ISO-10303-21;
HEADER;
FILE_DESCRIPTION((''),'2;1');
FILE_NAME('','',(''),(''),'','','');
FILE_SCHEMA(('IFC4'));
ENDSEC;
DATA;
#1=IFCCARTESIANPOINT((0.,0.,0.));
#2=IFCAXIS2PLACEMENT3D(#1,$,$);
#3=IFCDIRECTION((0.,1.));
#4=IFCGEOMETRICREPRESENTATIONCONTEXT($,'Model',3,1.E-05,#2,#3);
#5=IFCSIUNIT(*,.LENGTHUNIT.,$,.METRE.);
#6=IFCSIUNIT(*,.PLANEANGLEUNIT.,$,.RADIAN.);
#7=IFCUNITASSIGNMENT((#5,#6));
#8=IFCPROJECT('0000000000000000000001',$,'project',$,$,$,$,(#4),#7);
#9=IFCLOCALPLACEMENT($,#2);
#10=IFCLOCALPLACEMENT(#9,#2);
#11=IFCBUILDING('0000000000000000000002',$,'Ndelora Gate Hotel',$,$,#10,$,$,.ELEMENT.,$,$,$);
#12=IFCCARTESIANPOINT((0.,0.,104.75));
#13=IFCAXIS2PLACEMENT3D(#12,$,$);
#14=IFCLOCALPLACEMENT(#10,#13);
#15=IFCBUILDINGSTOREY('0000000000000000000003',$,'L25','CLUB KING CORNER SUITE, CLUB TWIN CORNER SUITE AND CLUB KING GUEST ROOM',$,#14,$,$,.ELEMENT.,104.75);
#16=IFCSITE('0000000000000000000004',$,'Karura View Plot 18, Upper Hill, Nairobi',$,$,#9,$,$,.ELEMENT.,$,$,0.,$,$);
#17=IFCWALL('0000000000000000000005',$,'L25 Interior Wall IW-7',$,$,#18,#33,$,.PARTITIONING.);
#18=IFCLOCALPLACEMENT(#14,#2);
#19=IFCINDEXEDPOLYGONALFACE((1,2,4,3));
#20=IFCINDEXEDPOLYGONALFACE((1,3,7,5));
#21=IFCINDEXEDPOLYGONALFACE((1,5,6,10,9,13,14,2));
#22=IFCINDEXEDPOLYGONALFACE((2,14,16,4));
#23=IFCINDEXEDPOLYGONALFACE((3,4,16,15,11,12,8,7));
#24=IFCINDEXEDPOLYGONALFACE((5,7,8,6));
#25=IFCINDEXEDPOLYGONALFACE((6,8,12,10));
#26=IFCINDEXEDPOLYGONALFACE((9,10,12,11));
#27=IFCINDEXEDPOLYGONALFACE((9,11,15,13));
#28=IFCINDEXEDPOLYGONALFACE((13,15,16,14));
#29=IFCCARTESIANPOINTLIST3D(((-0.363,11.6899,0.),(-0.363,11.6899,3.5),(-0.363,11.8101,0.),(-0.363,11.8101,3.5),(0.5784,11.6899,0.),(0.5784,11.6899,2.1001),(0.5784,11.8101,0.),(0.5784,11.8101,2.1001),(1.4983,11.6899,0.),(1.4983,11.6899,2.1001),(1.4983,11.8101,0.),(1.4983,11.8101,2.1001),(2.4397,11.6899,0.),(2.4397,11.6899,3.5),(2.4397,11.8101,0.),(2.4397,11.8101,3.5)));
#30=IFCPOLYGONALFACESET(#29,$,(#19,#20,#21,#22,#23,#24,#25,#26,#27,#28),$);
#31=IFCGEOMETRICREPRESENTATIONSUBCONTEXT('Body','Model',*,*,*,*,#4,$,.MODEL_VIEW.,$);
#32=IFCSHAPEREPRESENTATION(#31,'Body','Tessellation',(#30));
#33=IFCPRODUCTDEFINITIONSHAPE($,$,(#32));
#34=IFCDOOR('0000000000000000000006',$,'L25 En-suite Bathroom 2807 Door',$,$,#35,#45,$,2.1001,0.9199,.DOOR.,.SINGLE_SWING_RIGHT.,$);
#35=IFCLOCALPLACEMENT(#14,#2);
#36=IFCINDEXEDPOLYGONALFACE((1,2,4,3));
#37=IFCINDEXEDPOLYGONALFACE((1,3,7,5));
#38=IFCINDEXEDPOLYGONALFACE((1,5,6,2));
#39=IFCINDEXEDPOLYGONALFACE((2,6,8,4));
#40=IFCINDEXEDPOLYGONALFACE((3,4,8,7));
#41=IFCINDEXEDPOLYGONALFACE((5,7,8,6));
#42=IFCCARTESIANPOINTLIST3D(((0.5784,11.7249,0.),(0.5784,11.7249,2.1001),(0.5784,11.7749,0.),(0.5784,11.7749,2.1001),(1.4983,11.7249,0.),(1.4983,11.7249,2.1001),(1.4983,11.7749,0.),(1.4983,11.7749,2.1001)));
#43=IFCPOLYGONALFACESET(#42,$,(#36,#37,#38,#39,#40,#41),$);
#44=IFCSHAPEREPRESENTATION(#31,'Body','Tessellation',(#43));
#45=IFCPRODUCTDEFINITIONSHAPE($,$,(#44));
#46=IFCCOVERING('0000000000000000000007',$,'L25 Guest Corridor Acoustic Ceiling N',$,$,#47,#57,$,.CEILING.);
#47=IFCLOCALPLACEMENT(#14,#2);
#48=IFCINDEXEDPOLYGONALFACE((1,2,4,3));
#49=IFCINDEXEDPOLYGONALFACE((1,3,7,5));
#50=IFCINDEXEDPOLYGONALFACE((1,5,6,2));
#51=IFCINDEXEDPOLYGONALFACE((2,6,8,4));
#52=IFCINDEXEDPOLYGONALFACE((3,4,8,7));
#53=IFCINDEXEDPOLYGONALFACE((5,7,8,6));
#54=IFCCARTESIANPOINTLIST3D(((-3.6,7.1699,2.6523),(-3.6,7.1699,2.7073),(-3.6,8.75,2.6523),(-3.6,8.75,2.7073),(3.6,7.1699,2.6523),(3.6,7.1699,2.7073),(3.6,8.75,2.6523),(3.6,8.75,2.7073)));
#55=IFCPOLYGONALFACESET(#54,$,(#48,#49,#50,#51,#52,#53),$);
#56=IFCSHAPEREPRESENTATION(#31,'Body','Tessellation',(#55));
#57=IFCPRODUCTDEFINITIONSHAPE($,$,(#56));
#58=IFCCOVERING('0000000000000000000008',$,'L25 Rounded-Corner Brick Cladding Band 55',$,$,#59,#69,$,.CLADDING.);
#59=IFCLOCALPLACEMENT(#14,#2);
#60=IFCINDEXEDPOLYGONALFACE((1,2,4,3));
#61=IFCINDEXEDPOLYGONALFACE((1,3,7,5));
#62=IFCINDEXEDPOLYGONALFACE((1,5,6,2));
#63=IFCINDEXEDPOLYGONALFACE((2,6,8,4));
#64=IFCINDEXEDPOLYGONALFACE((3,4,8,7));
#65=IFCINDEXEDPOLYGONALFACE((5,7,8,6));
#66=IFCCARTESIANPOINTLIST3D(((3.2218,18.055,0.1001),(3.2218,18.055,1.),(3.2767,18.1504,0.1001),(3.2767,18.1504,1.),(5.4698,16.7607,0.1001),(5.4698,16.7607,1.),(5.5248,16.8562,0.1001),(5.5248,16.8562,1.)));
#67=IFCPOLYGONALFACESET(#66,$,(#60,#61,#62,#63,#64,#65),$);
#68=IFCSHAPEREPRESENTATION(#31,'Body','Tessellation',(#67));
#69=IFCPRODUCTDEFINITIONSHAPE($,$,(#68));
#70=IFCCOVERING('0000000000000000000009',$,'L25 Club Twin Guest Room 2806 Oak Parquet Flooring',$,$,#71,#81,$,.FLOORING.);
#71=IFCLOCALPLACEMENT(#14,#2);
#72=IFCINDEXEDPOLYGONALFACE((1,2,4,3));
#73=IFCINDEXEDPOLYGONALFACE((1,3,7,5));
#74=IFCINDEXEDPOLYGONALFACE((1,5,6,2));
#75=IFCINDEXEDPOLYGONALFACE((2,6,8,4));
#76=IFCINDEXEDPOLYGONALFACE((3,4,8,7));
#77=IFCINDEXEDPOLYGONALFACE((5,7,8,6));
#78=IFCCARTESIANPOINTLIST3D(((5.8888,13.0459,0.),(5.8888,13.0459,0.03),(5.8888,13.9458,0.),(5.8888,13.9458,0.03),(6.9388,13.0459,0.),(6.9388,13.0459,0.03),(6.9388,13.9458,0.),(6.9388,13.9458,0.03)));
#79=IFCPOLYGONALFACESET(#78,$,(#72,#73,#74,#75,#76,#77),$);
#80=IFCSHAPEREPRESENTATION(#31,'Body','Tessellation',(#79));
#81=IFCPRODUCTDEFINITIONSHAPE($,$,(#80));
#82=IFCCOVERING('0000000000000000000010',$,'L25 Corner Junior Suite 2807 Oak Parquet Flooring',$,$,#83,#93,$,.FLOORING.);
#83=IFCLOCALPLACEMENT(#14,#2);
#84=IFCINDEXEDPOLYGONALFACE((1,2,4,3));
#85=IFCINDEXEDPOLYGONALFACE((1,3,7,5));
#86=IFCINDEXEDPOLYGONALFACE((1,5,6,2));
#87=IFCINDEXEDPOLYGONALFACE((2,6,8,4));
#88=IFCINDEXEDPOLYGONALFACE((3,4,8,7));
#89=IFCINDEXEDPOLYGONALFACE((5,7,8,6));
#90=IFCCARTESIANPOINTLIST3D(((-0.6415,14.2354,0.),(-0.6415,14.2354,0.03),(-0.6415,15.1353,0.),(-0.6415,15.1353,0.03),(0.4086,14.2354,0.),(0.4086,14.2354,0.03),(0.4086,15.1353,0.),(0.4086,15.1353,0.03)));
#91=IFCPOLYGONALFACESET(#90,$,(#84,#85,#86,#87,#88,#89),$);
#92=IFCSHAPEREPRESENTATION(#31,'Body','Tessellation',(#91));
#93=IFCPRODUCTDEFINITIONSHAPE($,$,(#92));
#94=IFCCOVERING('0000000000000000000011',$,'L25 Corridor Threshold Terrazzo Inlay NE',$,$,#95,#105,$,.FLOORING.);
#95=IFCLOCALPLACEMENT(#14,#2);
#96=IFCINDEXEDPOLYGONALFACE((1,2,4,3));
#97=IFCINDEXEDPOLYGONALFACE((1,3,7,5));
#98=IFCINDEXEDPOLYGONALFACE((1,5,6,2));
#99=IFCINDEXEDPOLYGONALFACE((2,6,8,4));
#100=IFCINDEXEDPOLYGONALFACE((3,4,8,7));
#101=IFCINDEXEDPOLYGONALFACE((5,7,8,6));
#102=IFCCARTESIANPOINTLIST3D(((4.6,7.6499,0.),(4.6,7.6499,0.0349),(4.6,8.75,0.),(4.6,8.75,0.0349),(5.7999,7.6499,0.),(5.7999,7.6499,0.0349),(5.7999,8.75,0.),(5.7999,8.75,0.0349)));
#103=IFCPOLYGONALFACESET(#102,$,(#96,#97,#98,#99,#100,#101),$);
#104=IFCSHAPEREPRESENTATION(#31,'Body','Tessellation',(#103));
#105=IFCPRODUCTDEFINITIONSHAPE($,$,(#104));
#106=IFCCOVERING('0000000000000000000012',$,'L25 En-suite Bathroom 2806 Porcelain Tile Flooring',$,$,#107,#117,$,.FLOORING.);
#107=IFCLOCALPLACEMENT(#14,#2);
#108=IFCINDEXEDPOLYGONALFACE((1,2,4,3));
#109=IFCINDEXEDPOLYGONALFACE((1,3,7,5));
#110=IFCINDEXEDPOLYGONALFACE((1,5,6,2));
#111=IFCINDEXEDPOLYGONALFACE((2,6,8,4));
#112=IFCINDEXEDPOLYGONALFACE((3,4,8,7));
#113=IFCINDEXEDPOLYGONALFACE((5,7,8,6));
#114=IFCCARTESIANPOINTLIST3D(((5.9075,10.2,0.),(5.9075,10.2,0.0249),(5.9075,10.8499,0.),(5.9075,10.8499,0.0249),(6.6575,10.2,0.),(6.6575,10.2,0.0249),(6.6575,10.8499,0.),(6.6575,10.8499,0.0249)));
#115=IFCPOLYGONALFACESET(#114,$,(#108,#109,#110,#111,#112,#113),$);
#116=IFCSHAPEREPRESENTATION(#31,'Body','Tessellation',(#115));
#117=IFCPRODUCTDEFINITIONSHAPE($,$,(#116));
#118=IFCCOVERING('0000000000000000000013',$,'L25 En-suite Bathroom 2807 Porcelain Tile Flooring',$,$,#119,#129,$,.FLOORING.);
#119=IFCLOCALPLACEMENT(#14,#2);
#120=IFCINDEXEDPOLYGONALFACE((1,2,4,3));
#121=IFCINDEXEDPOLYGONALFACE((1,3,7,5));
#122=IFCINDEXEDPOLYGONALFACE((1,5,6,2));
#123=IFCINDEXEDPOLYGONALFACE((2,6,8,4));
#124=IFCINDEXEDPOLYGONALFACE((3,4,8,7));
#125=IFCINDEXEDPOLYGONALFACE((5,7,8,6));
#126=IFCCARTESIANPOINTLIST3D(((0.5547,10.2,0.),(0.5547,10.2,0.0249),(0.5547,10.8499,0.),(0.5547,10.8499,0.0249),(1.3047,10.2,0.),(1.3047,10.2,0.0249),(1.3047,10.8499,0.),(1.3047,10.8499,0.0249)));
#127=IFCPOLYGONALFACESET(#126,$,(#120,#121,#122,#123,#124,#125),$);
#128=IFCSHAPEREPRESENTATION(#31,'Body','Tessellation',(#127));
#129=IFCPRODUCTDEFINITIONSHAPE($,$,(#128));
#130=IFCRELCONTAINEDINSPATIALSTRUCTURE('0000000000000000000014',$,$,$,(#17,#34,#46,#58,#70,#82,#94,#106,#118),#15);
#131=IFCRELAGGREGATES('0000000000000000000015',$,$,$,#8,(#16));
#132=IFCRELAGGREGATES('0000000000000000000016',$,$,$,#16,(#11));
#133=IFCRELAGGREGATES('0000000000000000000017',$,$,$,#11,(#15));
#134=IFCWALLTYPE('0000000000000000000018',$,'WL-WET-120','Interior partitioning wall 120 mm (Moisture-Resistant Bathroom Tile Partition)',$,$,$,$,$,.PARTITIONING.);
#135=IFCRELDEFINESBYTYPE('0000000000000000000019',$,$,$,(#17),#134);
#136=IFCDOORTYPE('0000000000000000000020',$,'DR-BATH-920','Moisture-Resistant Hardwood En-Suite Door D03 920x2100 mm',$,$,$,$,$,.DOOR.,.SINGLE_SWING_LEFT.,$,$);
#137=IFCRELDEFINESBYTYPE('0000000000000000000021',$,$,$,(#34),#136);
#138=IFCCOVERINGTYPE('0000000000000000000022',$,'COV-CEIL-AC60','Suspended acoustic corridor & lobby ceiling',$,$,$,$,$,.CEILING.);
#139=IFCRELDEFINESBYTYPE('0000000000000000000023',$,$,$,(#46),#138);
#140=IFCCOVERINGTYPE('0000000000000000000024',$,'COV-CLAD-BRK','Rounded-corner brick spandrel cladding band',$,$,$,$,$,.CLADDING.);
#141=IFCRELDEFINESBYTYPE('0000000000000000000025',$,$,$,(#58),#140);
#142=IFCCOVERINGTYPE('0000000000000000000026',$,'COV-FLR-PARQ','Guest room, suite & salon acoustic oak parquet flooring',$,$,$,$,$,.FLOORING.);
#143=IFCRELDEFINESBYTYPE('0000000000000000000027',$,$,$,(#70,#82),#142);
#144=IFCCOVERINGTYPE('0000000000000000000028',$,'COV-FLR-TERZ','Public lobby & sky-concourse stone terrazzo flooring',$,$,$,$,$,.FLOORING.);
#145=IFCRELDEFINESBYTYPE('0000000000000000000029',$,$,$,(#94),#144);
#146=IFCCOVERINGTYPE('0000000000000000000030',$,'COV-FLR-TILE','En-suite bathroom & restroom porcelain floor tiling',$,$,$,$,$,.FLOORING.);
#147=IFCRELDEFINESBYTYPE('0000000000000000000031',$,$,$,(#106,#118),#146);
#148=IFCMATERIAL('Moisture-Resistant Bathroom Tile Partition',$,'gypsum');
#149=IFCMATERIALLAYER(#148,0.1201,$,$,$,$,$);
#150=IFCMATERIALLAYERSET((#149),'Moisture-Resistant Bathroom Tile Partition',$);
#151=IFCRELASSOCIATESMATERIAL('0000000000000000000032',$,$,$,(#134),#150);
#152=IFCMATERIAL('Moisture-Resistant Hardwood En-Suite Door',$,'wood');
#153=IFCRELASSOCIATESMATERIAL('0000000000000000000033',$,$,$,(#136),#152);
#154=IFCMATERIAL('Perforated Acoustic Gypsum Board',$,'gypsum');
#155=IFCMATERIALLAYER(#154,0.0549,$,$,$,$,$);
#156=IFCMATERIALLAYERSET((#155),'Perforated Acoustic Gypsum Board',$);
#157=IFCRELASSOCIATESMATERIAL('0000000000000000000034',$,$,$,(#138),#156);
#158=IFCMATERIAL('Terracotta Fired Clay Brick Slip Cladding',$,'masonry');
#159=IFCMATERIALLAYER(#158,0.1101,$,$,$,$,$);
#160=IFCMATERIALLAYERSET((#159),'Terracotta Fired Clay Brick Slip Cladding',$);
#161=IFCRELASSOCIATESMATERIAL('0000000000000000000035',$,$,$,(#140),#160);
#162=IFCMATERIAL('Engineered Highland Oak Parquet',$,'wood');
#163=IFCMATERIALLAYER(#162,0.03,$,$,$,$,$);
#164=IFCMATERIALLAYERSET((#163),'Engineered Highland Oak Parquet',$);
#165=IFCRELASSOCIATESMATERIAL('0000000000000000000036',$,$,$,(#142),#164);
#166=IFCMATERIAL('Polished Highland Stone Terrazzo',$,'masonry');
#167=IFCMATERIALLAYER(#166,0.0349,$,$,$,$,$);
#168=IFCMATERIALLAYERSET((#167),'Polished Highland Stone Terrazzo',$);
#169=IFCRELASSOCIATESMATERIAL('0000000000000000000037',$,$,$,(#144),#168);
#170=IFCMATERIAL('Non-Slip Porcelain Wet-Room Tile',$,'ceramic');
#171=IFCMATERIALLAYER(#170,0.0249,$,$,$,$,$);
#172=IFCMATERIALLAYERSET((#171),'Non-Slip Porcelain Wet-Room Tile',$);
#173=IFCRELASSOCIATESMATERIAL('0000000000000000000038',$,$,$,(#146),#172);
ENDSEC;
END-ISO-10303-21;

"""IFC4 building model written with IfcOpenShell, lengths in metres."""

from ifc_helpers import new_model, si_unit, direction, frame, frame_2d, origin, origin_2d, place, context, subcontext, project, spatial, rectangle, extrude, material, layer, layer_set, type_object, element, fill, save


model = new_model("IFC4")

# Units and contexts
model_context = context("Model", 3, precision=1e-05, world=origin(), true_north=direction((0.0, 1.0)))
body_context = subcontext(model_context, "Body", "Model", "MODEL_VIEW")
ifc_project = project(units=[si_unit("LENGTHUNIT", "METRE"), si_unit("PLANEANGLEUNIT", "RADIAN")], contexts=[model_context])

# Site, building, storey
site_placement = place(None, origin())
site = spatial("IfcSite", under=ifc_project, at=site_placement, Name="Karura View Plot 18, Upper Hill, Nairobi", CompositionType="ELEMENT", RefElevation=0.0)
building_placement = place(site_placement, origin())
building = spatial("IfcBuilding", under=site, at=building_placement, Name="Ndelora Gate Hotel", CompositionType="ELEMENT")
storey_placement = place(building_placement, frame((0.0, 0.0, 104.75)))
storey = spatial("IfcBuildingStorey", under=building, at=storey_placement, Name="L25", Description="CLUB KING CORNER SUITE, CLUB TWIN CORNER SUITE AND CLUB KING GUEST ROOM", CompositionType="ELEMENT", Elevation=104.75)

# Shared definitions
ifc_material_1 = material(Name="Moisture-Resistant Bathroom Tile Partition", Category="gypsum")
ifc_layer_1 = layer(ifc_material_1, 0.1201)
ifc_layer_set_1 = layer_set([ifc_layer_1], Name="Moisture-Resistant Bathroom Tile Partition")
wall_type_1 = type_object("IfcWallType", Name="WL-WET-120", Description="Interior partitioning wall 120 mm (Moisture-Resistant Bathroom Tile Partition)", PredefinedType="PARTITIONING", material=ifc_layer_set_1)

# Shared definitions
ifc_material_2 = material(Name="Moisture-Resistant Hardwood En-Suite Door", Category="wood")
door_type = type_object("IfcDoorType", Name="DR-BATH-920", Description="Moisture-Resistant Hardwood En-Suite Door D03 920x2100 mm", OperationType="SINGLE_SWING_LEFT", PredefinedType="DOOR", material=ifc_material_2)

# Wall, opening, door
wall_1_placement = place(storey_placement, frame((-0.363, 11.75, 0.0), z_axis=(0.0, 0.0, 1.0), x_axis=(1.0, 0.0, 0.0)))
wall_1 = element("IfcWall", 1, at=wall_1_placement, inside=storey, type_object=wall_type_1, Name="L25 Interior Wall IW-7", PredefinedType="PARTITIONING", context=body_context, shape_type="SweptSolid", body=[
    extrude(rectangle(XDim=2.8027, YDim=0.1201, at=frame_2d((1.4014, 0.0))), origin(), (0.0, 0.0, 1.0), 3.5),
])
opening_1_placement = place(wall_1_placement, frame((0.9414, 0.0, 0.0)))
opening_1 = element("IfcOpeningElement", 2, at=opening_1_placement, cuts=wall_1, PredefinedType="OPENING", context=body_context, shape_type="SweptSolid", body=[
    extrude(rectangle(XDim=0.9199, YDim=2.1001, at=frame_2d((0.46, 1.05))), frame((0.0, 0.0701, 0.0), z_axis=(0.0, -1.0, 0.0), x_axis=(1.0, 0.0, 0.0)), (0.0, 0.0, 1.0), 0.1401),
])
door_1_placement = place(opening_1_placement, origin())
door_1 = element("IfcDoor", 3, at=door_1_placement, inside=storey, type_object=door_type, Name="L25 En-suite Bathroom 2807 Door", OperationType="SINGLE_SWING_RIGHT", OverallHeight=2.1001, OverallWidth=0.9199, PredefinedType="DOOR", context=body_context, shape_type="SweptSolid", body=[
    extrude(rectangle(XDim=0.9199, YDim=2.1001, at=frame_2d((0.46, 1.05))), frame((0.0, 0.0249, 0.0), z_axis=(0.0, -1.0, 0.0), x_axis=(1.0, 0.0, 0.0)), (0.0, 0.0, 1.0), 0.05),
])
fill(opening_1, door_1)

# Coverings
ifc_material_3 = material(Name="Perforated Acoustic Gypsum Board", Category="gypsum")
ifc_layer_2 = layer(ifc_material_3, 0.0549)
ifc_layer_set_2 = layer_set([ifc_layer_2], Name="Perforated Acoustic Gypsum Board")
covering_type_1 = type_object("IfcCoveringType", Name="COV-CEIL-AC60", Description="Suspended acoustic corridor & lobby ceiling", PredefinedType="CEILING", material=ifc_layer_set_2)
covering_1_placement = place(storey_placement, frame((0.0, 7.96, 2.6523), z_axis=(0.0, 0.0, 1.0), x_axis=(1.0, 0.0, 0.0)))
element("IfcCovering", 4, at=covering_1_placement, inside=storey, type_object=covering_type_1, Name="L25 Guest Corridor Acoustic Ceiling N", PredefinedType="CEILING", context=body_context, shape_type="SweptSolid", body=[
    extrude(rectangle(XDim=7.2, YDim=1.5801, at=origin_2d()), origin(), (0.0, 0.0, 1.0), 0.0549),
])
ifc_material_4 = material(Name="Terracotta Fired Clay Brick Slip Cladding", Category="masonry")
ifc_layer_3 = layer(ifc_material_4, 0.1101)
ifc_layer_set_3 = layer_set([ifc_layer_3], Name="Terracotta Fired Clay Brick Slip Cladding")
covering_type_2 = type_object("IfcCoveringType", Name="COV-CLAD-BRK", Description="Rounded-corner brick spandrel cladding band", PredefinedType="CLADDING", material=ifc_layer_set_3)
covering_2_placement = place(storey_placement, frame((4.3733, 17.4556, 0.1001), z_axis=(0.0, 0.0, 1.0), x_axis=(-0.866636, 0.498942, 0.0)))
element("IfcCovering", 5, at=covering_2_placement, inside=storey, type_object=covering_type_2, Name="L25 Rounded-Corner Brick Cladding Band 55", PredefinedType="CLADDING", context=body_context, shape_type="SweptSolid", body=[
    extrude(rectangle(XDim=2.594, YDim=0.1101, at=origin_2d()), origin(), (0.0, 0.0, 1.0), 0.8999),
])
ifc_material_5 = material(Name="Engineered Highland Oak Parquet", Category="wood")
ifc_layer_4 = layer(ifc_material_5, 0.03)
ifc_layer_set_4 = layer_set([ifc_layer_4], Name="Engineered Highland Oak Parquet")
covering_type_3 = type_object("IfcCoveringType", Name="COV-FLR-PARQ", Description="Guest room, suite & salon acoustic oak parquet flooring", PredefinedType="FLOORING", material=ifc_layer_set_4)
for number, where, z_axis, x_axis, name in (
    (6, (6.4138, 13.4958, 0.0), (0.0, 0.0, 1.0), (1.0, 0.0, 0.0), "L25 Club Twin Guest Room 2806 Oak Parquet Flooring"),
    (7, (-0.1165, 14.6853, 0.0), (0.0, 0.0, 1.0), (1.0, 0.0, 0.0), "L25 Corner Junior Suite 2807 Oak Parquet Flooring"),
):
    element("IfcCovering", number, at=place(storey_placement, frame(where, z_axis=z_axis, x_axis=x_axis)), inside=storey, type_object=covering_type_3, Name=name, PredefinedType="FLOORING", context=body_context, shape_type="SweptSolid", body=[
        extrude(rectangle(XDim=1.05, YDim=0.8999, at=origin_2d()), origin(), (0.0, 0.0, 1.0), 0.03),
    ])
ifc_material_6 = material(Name="Polished Highland Stone Terrazzo", Category="masonry")
ifc_layer_5 = layer(ifc_material_6, 0.0349)
ifc_layer_set_5 = layer_set([ifc_layer_5], Name="Polished Highland Stone Terrazzo")
covering_type_4 = type_object("IfcCoveringType", Name="COV-FLR-TERZ", Description="Public lobby & sky-concourse stone terrazzo flooring", PredefinedType="FLOORING", material=ifc_layer_set_5)
covering_3_placement = place(storey_placement, frame((5.2, 8.2, 0.0), z_axis=(0.0, 0.0, 1.0), x_axis=(1.0, 0.0, 0.0)))
element("IfcCovering", 8, at=covering_3_placement, inside=storey, type_object=covering_type_4, Name="L25 Corridor Threshold Terrazzo Inlay NE", PredefinedType="FLOORING", context=body_context, shape_type="SweptSolid", body=[
    extrude(rectangle(XDim=1.2, YDim=1.1001, at=origin_2d()), origin(), (0.0, 0.0, 1.0), 0.0349),
])
ifc_material_7 = material(Name="Non-Slip Porcelain Wet-Room Tile", Category="ceramic")
ifc_layer_6 = layer(ifc_material_7, 0.0249)
ifc_layer_set_6 = layer_set([ifc_layer_6], Name="Non-Slip Porcelain Wet-Room Tile")
covering_type_5 = type_object("IfcCoveringType", Name="COV-FLR-TILE", Description="En-suite bathroom & restroom porcelain floor tiling", PredefinedType="FLOORING", material=ifc_layer_set_6)
for number, where, z_axis, x_axis, name in (
    (9, (6.2825, 10.5249, 0.0), (0.0, 0.0, 1.0), (1.0, 0.0, 0.0), "L25 En-suite Bathroom 2806 Porcelain Tile Flooring"),
    (10, (0.9297, 10.5249, 0.0), (0.0, 0.0, 1.0), (1.0, 0.0, 0.0), "L25 En-suite Bathroom 2807 Porcelain Tile Flooring"),
):
    element("IfcCovering", number, at=place(storey_placement, frame(where, z_axis=z_axis, x_axis=x_axis)), inside=storey, type_object=covering_type_5, Name=name, PredefinedType="FLOORING", context=body_context, shape_type="SweptSolid", body=[
        extrude(rectangle(XDim=0.75, YDim=0.6499, at=origin_2d()), origin(), (0.0, 0.0, 1.0), 0.0249),
    ])

save(model, "model.ifc")
